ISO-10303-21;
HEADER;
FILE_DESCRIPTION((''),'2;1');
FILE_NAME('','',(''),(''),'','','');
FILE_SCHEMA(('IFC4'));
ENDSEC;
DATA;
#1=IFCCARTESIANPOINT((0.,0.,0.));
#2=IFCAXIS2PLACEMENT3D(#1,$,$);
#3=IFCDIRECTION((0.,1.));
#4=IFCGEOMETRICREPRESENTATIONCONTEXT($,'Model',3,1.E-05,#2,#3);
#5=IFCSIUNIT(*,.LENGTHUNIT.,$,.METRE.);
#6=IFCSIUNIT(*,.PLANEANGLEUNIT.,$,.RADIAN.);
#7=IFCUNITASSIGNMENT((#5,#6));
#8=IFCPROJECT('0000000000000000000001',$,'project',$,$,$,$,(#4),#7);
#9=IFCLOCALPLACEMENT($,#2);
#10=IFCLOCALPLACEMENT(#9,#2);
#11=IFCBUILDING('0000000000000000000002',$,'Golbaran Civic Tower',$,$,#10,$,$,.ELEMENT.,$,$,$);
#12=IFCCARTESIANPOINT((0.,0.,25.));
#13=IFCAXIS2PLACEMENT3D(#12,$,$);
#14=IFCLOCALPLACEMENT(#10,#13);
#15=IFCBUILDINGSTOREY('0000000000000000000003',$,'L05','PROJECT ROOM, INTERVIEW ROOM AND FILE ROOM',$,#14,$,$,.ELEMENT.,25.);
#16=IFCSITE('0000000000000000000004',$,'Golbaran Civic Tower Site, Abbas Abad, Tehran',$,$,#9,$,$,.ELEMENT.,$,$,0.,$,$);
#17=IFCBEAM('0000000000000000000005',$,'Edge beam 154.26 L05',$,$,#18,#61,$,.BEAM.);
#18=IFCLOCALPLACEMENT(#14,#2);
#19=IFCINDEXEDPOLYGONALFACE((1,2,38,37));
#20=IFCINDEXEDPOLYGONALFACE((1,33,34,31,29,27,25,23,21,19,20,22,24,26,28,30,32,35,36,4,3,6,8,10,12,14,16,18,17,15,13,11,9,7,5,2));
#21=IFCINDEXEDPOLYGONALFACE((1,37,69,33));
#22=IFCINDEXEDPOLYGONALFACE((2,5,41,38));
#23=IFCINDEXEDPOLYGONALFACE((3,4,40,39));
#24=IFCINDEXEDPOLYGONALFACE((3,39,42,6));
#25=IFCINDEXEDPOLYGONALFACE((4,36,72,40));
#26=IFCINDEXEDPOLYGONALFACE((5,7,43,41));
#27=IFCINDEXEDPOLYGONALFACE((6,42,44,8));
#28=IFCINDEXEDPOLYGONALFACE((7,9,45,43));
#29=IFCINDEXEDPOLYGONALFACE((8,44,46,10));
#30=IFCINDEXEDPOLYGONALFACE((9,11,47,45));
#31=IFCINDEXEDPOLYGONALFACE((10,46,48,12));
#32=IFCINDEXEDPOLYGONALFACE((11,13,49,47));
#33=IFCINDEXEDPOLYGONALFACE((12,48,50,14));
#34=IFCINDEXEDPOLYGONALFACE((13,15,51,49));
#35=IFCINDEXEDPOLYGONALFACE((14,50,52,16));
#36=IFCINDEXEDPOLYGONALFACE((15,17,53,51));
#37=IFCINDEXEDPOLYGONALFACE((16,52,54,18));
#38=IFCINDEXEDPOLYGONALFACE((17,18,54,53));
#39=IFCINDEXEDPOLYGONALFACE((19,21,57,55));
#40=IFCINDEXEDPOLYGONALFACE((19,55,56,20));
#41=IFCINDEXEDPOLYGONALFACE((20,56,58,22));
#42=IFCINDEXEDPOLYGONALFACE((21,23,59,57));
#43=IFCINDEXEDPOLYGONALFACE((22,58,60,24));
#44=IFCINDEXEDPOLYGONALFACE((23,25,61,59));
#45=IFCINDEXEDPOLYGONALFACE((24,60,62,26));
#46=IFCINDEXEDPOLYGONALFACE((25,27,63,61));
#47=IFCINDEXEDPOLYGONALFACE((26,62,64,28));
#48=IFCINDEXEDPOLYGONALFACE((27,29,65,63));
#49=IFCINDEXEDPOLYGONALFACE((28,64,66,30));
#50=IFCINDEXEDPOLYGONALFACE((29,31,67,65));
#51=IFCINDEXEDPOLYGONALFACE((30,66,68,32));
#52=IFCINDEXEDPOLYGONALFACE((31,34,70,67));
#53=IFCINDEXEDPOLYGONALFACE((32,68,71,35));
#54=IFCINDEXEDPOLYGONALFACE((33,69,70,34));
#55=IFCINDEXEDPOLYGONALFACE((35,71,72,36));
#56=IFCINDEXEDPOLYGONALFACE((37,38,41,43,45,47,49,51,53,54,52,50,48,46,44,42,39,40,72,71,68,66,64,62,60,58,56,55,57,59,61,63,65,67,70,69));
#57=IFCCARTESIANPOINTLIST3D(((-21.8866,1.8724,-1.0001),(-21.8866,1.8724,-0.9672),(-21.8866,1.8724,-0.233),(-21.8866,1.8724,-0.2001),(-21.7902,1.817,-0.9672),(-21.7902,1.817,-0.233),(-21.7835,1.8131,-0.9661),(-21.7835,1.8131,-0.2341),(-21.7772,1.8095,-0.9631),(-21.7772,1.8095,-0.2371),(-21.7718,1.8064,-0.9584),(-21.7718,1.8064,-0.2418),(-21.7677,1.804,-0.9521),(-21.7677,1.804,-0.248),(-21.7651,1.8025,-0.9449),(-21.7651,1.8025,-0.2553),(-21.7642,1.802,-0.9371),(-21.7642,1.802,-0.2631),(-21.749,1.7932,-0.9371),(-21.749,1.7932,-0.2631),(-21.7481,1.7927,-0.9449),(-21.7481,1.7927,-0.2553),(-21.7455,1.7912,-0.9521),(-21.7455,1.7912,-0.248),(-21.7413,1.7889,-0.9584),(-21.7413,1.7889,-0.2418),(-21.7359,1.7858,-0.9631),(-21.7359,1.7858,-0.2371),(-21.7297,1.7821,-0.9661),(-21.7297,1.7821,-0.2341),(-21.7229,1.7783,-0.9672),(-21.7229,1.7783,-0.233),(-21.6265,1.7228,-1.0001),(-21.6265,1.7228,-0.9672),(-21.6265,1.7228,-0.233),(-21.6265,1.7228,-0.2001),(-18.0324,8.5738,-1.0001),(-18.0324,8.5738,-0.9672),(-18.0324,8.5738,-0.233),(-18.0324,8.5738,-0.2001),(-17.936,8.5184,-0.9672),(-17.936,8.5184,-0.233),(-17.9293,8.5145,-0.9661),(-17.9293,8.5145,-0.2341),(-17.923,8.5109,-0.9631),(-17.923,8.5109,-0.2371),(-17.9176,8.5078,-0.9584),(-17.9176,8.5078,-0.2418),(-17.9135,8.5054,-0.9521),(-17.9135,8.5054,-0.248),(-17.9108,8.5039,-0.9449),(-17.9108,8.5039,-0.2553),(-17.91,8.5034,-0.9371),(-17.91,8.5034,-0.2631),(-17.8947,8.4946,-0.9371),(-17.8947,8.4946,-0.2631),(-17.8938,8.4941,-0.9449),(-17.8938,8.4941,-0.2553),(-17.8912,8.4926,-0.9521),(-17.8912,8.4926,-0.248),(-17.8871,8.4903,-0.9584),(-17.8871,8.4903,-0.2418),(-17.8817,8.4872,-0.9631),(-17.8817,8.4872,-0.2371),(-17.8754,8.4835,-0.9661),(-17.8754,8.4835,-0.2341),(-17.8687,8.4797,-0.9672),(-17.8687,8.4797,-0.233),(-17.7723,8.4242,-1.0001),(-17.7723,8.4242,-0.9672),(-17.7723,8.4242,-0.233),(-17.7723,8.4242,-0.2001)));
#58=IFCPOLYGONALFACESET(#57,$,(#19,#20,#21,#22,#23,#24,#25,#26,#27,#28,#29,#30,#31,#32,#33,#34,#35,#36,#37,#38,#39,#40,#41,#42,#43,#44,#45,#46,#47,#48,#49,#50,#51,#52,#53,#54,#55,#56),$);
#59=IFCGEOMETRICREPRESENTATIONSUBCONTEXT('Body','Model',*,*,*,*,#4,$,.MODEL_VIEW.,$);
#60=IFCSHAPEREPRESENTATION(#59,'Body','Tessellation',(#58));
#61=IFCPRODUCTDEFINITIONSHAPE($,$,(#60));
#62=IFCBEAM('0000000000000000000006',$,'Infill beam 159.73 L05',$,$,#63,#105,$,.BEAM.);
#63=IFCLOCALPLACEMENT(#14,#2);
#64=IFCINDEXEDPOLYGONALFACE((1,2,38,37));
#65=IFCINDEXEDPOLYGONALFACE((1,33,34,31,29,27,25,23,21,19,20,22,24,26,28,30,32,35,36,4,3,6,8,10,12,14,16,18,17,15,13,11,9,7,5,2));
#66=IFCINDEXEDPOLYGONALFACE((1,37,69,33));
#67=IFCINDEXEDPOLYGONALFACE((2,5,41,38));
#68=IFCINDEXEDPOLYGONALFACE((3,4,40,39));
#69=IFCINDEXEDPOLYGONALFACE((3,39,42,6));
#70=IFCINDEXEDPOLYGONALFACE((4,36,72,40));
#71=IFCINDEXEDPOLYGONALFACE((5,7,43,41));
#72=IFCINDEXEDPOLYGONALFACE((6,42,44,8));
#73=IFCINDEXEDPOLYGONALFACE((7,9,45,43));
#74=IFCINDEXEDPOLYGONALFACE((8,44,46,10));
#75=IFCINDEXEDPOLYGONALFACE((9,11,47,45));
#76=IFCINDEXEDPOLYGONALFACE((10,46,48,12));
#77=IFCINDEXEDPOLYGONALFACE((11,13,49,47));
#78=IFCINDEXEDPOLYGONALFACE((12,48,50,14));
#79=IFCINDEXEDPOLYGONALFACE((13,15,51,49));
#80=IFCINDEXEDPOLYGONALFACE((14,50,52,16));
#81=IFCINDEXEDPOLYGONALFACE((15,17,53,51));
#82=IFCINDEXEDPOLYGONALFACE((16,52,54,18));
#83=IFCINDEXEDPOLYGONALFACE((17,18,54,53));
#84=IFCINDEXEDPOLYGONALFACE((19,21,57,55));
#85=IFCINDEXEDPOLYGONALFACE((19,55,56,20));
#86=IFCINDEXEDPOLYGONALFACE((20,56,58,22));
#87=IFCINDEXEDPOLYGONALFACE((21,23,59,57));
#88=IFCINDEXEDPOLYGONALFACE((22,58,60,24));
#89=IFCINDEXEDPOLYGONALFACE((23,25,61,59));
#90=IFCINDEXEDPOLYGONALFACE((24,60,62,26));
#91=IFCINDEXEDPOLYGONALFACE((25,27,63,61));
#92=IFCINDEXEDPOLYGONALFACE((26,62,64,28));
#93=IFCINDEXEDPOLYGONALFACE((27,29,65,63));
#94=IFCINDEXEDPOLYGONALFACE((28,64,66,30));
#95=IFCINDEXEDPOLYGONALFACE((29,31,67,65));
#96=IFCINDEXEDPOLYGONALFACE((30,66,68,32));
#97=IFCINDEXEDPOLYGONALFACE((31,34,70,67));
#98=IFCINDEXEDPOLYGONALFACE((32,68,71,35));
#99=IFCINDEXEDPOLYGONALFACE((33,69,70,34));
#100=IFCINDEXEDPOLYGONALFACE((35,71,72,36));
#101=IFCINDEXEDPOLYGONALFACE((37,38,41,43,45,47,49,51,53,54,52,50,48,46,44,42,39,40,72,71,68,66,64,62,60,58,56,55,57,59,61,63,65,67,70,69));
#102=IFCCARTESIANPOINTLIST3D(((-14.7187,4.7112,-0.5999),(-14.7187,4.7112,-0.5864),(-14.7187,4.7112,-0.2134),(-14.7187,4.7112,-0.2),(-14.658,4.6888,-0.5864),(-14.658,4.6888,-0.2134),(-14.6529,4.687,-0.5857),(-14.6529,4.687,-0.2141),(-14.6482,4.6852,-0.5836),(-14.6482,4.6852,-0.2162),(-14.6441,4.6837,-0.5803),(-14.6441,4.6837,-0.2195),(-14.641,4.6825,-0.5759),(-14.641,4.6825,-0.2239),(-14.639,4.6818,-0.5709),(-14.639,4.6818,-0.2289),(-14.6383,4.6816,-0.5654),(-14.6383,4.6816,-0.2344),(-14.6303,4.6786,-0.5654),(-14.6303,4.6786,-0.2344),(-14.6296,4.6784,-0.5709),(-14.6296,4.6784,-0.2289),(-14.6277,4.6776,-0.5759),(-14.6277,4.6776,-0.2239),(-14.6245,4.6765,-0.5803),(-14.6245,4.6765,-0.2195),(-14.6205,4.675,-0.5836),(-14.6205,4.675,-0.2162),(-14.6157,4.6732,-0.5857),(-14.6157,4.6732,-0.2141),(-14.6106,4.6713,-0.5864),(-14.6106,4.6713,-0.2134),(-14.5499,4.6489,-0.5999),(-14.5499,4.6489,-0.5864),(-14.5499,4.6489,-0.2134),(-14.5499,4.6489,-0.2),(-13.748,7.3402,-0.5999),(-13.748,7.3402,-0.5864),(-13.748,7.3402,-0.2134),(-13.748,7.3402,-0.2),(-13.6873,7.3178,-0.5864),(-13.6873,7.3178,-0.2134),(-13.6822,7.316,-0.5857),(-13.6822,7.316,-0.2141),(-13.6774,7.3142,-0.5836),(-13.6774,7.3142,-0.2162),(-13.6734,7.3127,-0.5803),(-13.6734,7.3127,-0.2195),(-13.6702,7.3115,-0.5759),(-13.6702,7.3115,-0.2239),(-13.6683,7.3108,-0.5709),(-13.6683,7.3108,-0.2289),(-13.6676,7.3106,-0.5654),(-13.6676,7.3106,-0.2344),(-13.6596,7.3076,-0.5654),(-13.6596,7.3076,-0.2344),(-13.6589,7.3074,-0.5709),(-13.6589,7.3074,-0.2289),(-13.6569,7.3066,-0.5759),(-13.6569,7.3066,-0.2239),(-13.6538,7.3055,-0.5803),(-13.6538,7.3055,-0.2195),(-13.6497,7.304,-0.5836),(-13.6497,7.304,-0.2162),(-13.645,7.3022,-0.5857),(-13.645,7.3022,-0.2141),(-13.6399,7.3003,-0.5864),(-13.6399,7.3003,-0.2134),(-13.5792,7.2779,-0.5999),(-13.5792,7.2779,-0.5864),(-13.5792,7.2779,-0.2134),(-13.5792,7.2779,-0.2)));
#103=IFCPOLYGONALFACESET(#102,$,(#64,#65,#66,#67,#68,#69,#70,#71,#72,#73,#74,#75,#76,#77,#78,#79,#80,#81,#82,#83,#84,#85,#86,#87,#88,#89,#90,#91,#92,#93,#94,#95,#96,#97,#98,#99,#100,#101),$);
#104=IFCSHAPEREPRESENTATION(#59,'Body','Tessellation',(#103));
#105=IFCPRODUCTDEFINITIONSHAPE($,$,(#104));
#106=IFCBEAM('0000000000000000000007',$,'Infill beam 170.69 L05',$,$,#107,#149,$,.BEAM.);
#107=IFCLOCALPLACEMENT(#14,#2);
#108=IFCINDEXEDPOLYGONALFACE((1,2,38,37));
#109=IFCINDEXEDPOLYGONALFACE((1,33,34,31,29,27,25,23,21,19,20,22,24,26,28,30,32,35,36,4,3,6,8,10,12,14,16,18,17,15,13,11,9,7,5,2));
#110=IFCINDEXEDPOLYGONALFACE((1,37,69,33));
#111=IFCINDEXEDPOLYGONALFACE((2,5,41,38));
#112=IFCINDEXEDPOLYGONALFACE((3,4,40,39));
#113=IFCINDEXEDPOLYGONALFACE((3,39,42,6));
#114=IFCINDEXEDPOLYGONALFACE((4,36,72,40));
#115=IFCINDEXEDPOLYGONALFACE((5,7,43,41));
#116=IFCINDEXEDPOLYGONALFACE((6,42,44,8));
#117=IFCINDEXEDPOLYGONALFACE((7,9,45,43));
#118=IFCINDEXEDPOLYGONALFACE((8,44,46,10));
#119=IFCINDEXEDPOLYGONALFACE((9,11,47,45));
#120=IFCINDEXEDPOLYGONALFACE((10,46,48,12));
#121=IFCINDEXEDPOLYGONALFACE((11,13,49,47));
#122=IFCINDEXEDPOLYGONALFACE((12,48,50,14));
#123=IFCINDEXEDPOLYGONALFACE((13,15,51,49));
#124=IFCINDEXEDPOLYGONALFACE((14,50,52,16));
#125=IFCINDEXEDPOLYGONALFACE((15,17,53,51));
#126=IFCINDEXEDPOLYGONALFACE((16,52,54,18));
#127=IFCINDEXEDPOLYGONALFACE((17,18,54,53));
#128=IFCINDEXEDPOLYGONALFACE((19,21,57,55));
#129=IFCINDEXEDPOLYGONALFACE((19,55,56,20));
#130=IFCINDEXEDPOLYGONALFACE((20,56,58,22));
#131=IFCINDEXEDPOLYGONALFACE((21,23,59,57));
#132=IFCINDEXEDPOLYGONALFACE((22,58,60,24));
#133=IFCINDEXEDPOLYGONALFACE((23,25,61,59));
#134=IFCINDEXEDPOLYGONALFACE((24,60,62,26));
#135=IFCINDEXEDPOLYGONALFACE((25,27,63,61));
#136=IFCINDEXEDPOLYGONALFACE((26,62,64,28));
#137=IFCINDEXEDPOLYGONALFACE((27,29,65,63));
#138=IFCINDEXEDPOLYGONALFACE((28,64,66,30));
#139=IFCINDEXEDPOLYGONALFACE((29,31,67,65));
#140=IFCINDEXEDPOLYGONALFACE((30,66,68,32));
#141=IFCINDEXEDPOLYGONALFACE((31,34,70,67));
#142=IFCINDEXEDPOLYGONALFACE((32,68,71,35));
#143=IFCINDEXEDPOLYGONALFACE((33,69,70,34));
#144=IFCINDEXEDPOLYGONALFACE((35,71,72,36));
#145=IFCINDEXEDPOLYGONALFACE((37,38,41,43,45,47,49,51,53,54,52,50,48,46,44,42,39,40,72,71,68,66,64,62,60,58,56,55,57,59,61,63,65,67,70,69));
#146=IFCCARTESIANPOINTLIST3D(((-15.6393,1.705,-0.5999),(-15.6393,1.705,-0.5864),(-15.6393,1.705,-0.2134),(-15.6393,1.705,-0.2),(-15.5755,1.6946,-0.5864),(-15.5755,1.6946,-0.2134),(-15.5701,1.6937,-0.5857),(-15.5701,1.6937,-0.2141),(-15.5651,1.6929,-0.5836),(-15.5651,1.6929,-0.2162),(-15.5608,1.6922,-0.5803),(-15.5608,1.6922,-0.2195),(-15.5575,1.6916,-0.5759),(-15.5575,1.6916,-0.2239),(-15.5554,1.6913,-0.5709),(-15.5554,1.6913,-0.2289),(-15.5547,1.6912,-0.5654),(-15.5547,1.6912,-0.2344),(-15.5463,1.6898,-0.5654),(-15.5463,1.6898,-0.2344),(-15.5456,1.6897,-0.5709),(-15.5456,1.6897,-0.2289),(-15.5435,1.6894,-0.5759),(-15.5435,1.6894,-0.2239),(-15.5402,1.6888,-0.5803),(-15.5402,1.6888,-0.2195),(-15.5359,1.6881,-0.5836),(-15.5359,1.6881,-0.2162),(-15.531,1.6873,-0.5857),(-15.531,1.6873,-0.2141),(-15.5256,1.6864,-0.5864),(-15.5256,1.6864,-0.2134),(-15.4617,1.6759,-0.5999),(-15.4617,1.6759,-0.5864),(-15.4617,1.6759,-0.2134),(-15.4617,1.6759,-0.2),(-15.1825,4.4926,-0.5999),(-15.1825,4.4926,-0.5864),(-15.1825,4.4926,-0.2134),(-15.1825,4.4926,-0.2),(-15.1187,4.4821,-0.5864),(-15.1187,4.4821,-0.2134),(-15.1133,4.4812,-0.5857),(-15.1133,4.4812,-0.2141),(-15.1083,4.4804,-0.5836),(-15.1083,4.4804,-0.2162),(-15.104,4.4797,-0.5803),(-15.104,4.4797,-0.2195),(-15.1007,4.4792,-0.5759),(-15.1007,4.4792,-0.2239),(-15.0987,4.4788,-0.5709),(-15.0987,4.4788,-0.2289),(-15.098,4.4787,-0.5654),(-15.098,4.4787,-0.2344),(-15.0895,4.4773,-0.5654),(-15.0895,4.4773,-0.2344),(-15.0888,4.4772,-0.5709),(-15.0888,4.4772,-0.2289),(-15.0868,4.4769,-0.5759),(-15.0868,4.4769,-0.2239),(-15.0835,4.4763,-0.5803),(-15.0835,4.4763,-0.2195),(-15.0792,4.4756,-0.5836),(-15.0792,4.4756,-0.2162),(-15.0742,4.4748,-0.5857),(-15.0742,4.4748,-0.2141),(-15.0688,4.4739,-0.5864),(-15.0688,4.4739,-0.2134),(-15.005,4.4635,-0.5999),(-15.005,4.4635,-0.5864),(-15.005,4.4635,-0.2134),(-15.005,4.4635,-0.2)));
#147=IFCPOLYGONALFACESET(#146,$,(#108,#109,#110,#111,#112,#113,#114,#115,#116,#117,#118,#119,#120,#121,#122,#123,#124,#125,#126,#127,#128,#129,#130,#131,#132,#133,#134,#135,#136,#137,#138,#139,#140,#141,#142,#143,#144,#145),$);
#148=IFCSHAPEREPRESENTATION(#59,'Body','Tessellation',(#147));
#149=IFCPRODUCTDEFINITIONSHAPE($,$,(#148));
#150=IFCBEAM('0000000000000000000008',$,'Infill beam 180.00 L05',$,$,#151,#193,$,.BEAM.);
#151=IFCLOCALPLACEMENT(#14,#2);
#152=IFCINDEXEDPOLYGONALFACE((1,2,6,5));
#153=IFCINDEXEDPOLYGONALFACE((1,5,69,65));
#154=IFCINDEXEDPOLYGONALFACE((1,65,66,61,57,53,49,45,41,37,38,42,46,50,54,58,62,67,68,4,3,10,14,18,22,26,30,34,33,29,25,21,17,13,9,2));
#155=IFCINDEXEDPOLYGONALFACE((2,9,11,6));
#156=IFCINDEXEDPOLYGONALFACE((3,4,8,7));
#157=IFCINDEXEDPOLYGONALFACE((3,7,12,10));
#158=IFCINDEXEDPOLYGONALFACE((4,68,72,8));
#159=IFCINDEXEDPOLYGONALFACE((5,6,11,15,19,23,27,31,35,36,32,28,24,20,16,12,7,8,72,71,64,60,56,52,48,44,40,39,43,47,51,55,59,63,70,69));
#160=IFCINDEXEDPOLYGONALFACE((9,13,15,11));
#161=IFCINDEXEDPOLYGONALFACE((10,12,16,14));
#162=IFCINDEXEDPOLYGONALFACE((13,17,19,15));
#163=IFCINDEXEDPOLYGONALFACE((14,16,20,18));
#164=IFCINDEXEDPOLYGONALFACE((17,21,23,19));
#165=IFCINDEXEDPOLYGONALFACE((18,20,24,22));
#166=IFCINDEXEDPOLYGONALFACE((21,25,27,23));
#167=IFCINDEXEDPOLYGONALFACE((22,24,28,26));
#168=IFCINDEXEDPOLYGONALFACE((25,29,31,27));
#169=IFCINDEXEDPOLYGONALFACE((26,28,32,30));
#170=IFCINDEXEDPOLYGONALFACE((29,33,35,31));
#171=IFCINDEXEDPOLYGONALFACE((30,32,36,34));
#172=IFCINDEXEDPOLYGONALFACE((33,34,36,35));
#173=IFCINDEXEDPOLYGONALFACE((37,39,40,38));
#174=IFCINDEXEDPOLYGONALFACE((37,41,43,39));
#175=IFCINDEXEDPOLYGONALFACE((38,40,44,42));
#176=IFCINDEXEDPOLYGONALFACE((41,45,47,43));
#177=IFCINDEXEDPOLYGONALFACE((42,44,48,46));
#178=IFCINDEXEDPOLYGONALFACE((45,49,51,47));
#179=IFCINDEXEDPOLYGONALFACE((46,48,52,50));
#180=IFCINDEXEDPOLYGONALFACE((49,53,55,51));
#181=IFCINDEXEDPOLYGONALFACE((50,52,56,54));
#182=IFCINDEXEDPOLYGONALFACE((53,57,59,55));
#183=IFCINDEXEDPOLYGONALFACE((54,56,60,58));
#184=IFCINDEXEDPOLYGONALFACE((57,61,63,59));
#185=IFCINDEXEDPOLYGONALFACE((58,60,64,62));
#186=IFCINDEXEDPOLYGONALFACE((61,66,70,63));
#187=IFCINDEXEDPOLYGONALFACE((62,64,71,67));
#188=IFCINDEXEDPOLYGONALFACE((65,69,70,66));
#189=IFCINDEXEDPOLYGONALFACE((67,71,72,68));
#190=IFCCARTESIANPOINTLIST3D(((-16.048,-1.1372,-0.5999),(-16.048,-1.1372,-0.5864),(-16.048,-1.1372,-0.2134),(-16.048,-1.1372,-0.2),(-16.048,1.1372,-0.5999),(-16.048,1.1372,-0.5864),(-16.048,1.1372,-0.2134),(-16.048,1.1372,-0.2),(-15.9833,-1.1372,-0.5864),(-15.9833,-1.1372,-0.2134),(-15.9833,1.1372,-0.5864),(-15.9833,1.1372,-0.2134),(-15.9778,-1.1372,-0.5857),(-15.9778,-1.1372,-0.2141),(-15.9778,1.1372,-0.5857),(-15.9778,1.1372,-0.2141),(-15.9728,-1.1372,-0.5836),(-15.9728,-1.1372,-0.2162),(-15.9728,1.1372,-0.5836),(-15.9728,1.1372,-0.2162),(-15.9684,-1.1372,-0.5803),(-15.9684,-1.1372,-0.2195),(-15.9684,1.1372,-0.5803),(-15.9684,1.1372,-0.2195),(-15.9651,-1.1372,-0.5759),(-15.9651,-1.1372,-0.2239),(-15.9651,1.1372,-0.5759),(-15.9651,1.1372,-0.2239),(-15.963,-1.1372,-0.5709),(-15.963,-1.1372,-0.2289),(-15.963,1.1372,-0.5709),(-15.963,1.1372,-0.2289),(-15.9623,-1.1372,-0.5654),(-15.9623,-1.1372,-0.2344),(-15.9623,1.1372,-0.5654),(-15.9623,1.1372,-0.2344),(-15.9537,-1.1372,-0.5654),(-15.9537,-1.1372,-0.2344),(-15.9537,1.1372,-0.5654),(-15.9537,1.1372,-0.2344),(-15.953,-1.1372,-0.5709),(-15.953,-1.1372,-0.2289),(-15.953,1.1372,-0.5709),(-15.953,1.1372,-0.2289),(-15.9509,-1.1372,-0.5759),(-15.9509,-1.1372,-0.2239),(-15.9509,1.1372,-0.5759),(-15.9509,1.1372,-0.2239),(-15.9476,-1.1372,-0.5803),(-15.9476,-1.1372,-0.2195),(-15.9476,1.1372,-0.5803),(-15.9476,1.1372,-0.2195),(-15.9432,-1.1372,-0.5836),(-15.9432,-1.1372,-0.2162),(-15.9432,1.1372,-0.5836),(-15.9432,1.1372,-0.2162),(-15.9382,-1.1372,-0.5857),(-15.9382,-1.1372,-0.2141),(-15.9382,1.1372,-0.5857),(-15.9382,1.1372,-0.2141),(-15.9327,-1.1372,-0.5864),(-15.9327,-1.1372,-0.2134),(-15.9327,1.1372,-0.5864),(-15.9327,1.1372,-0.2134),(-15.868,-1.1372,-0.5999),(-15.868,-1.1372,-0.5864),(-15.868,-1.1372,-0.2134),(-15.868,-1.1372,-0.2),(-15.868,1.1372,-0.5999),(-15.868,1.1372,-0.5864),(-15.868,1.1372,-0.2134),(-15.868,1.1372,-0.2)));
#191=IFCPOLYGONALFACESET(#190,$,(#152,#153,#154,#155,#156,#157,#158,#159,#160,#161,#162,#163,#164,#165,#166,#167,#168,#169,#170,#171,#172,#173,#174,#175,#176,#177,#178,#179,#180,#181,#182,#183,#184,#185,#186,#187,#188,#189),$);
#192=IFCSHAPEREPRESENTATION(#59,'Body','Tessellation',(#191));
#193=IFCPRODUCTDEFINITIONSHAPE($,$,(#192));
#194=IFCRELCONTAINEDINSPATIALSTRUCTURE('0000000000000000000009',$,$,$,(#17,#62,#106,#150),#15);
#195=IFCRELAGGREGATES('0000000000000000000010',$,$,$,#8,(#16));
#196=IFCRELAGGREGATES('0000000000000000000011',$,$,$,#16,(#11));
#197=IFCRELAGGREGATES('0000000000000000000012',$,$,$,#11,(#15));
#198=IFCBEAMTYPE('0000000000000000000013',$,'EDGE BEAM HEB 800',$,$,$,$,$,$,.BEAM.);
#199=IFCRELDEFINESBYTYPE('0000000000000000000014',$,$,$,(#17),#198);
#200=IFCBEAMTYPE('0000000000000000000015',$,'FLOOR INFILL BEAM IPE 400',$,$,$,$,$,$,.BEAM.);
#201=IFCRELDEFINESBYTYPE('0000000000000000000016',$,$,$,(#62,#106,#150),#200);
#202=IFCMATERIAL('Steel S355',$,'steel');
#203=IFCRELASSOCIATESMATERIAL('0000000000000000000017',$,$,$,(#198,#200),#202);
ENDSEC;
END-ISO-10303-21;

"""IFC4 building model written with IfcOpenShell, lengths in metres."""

from ifc_helpers import new_model, si_unit, direction, frame, origin, origin_2d, place, context, subcontext, project, spatial, i_section, extrude, material, material_profile, profile_set, type_object, element, save


model = new_model("IFC4")

# Units and contexts
model_context = context("Model", 3, precision=1e-05, world=origin(), true_north=direction((0.0, 1.0)))
body_context = subcontext(model_context, "Body", "Model", "MODEL_VIEW")
ifc_project = project(units=[si_unit("LENGTHUNIT", "METRE"), si_unit("PLANEANGLEUNIT", "RADIAN")], contexts=[model_context])

# Site, building, storey
site_placement = place(None, origin())
site = spatial("IfcSite", under=ifc_project, at=site_placement, Name="Golbaran Civic Tower Site, Abbas Abad, Tehran", CompositionType="ELEMENT", RefElevation=0.0)
building_placement = place(site_placement, origin())
building = spatial("IfcBuilding", under=site, at=building_placement, Name="Golbaran Civic Tower", CompositionType="ELEMENT")
storey_placement = place(building_placement, frame((0.0, 0.0, 25.0)))
storey = spatial("IfcBuildingStorey", under=building, at=storey_placement, Name="L05", Description="PROJECT ROOM, INTERVIEW ROOM AND FILE ROOM", CompositionType="ELEMENT", Elevation=25.0)

# Beams
ifc_material_1 = material(Name="Steel S355", Category="steel")
ifc_material_profile_1 = material_profile(ifc_material_1, i_section(OverallWidth=0.3, OverallDepth=0.8, WebThickness=0.0176, FlangeThickness=0.033, FilletRadius=0.03, at=origin_2d()), Name="HEB 800")
ifc_profile_set_1 = profile_set([ifc_material_profile_1], Name="Steel S355")
beam_type_1 = type_object("IfcBeamType", Name="EDGE BEAM HEB 800", PredefinedType="BEAM", material=ifc_profile_set_1)
beam_1_placement = place(storey_placement, frame((-17.9023, 8.499, -0.6001), z_axis=(-0.498562, -0.866854, 0.0), x_axis=(0.866854, -0.498562, 0.0)))
element("IfcBeam", 1, at=beam_1_placement, inside=storey, type_object=beam_type_1, Name="Edge beam 154.26 L05", PredefinedType="BEAM", context=body_context, shape_type="SweptSolid", body=[
    extrude(i_section(OverallWidth=0.3, OverallDepth=0.8, WebThickness=0.0176, FlangeThickness=0.033, FilletRadius=0.03, at=origin_2d()), origin(), (0.0, 0.0, 1.0), 7.7307),
])
ifc_material_profile_2 = material_profile(ifc_material_1, i_section(OverallWidth=0.1799, OverallDepth=0.3999, WebThickness=0.0085, FlangeThickness=0.0134, FilletRadius=0.021, at=origin_2d()), Name="IPE 400")
ifc_profile_set_2 = profile_set([ifc_material_profile_2], Name="Steel S355")
beam_type_2 = type_object("IfcBeamType", Name="FLOOR INFILL BEAM IPE 400", PredefinedType="BEAM", material=ifc_profile_set_2)
beam_2_placement = place(storey_placement, frame((-13.6636, 7.3091, -0.3999), z_axis=(-0.346384, -0.938093, 0.0), x_axis=(0.938093, -0.346384, 0.0)))
element("IfcBeam", 2, at=beam_2_placement, inside=storey, type_object=beam_type_2, Name="Infill beam 159.73 L05", PredefinedType="BEAM", context=body_context, shape_type="SweptSolid", body=[
    extrude(i_section(OverallWidth=0.1799, OverallDepth=0.3999, WebThickness=0.0085, FlangeThickness=0.0134, FilletRadius=0.021, at=origin_2d()), origin(), (0.0, 0.0, 1.0), 2.8025),
])
beam_3_placement = place(storey_placement, frame((-15.0938, 4.478, -0.3999), z_axis=(-0.161707, -0.986839, 0.0), x_axis=(0.986839, -0.161707, 0.0)))
element("IfcBeam", 3, at=beam_3_placement, inside=storey, type_object=beam_type_2, Name="Infill beam 170.69 L05", PredefinedType="BEAM", context=body_context, shape_type="SweptSolid", body=[
    extrude(i_section(OverallWidth=0.1799, OverallDepth=0.3999, WebThickness=0.0085, FlangeThickness=0.0134, FilletRadius=0.021, at=origin_2d()), origin(), (0.0, 0.0, 1.0), 2.8247),
])
beam_4_placement = place(storey_placement, frame((-15.958, 1.1372, -0.3999), z_axis=(0.0, -1.0, 0.0), x_axis=(1.0, 0.0, 0.0)))
element("IfcBeam", 4, at=beam_4_placement, inside=storey, type_object=beam_type_2, Name="Infill beam 180.00 L05", PredefinedType="BEAM", context=body_context, shape_type="SweptSolid", body=[
    extrude(i_section(OverallWidth=0.1799, OverallDepth=0.3999, WebThickness=0.0085, FlangeThickness=0.0134, FilletRadius=0.021, at=origin_2d()), origin(), (0.0, 0.0, 1.0), 2.2744),
])

save(model, "model.ifc")
